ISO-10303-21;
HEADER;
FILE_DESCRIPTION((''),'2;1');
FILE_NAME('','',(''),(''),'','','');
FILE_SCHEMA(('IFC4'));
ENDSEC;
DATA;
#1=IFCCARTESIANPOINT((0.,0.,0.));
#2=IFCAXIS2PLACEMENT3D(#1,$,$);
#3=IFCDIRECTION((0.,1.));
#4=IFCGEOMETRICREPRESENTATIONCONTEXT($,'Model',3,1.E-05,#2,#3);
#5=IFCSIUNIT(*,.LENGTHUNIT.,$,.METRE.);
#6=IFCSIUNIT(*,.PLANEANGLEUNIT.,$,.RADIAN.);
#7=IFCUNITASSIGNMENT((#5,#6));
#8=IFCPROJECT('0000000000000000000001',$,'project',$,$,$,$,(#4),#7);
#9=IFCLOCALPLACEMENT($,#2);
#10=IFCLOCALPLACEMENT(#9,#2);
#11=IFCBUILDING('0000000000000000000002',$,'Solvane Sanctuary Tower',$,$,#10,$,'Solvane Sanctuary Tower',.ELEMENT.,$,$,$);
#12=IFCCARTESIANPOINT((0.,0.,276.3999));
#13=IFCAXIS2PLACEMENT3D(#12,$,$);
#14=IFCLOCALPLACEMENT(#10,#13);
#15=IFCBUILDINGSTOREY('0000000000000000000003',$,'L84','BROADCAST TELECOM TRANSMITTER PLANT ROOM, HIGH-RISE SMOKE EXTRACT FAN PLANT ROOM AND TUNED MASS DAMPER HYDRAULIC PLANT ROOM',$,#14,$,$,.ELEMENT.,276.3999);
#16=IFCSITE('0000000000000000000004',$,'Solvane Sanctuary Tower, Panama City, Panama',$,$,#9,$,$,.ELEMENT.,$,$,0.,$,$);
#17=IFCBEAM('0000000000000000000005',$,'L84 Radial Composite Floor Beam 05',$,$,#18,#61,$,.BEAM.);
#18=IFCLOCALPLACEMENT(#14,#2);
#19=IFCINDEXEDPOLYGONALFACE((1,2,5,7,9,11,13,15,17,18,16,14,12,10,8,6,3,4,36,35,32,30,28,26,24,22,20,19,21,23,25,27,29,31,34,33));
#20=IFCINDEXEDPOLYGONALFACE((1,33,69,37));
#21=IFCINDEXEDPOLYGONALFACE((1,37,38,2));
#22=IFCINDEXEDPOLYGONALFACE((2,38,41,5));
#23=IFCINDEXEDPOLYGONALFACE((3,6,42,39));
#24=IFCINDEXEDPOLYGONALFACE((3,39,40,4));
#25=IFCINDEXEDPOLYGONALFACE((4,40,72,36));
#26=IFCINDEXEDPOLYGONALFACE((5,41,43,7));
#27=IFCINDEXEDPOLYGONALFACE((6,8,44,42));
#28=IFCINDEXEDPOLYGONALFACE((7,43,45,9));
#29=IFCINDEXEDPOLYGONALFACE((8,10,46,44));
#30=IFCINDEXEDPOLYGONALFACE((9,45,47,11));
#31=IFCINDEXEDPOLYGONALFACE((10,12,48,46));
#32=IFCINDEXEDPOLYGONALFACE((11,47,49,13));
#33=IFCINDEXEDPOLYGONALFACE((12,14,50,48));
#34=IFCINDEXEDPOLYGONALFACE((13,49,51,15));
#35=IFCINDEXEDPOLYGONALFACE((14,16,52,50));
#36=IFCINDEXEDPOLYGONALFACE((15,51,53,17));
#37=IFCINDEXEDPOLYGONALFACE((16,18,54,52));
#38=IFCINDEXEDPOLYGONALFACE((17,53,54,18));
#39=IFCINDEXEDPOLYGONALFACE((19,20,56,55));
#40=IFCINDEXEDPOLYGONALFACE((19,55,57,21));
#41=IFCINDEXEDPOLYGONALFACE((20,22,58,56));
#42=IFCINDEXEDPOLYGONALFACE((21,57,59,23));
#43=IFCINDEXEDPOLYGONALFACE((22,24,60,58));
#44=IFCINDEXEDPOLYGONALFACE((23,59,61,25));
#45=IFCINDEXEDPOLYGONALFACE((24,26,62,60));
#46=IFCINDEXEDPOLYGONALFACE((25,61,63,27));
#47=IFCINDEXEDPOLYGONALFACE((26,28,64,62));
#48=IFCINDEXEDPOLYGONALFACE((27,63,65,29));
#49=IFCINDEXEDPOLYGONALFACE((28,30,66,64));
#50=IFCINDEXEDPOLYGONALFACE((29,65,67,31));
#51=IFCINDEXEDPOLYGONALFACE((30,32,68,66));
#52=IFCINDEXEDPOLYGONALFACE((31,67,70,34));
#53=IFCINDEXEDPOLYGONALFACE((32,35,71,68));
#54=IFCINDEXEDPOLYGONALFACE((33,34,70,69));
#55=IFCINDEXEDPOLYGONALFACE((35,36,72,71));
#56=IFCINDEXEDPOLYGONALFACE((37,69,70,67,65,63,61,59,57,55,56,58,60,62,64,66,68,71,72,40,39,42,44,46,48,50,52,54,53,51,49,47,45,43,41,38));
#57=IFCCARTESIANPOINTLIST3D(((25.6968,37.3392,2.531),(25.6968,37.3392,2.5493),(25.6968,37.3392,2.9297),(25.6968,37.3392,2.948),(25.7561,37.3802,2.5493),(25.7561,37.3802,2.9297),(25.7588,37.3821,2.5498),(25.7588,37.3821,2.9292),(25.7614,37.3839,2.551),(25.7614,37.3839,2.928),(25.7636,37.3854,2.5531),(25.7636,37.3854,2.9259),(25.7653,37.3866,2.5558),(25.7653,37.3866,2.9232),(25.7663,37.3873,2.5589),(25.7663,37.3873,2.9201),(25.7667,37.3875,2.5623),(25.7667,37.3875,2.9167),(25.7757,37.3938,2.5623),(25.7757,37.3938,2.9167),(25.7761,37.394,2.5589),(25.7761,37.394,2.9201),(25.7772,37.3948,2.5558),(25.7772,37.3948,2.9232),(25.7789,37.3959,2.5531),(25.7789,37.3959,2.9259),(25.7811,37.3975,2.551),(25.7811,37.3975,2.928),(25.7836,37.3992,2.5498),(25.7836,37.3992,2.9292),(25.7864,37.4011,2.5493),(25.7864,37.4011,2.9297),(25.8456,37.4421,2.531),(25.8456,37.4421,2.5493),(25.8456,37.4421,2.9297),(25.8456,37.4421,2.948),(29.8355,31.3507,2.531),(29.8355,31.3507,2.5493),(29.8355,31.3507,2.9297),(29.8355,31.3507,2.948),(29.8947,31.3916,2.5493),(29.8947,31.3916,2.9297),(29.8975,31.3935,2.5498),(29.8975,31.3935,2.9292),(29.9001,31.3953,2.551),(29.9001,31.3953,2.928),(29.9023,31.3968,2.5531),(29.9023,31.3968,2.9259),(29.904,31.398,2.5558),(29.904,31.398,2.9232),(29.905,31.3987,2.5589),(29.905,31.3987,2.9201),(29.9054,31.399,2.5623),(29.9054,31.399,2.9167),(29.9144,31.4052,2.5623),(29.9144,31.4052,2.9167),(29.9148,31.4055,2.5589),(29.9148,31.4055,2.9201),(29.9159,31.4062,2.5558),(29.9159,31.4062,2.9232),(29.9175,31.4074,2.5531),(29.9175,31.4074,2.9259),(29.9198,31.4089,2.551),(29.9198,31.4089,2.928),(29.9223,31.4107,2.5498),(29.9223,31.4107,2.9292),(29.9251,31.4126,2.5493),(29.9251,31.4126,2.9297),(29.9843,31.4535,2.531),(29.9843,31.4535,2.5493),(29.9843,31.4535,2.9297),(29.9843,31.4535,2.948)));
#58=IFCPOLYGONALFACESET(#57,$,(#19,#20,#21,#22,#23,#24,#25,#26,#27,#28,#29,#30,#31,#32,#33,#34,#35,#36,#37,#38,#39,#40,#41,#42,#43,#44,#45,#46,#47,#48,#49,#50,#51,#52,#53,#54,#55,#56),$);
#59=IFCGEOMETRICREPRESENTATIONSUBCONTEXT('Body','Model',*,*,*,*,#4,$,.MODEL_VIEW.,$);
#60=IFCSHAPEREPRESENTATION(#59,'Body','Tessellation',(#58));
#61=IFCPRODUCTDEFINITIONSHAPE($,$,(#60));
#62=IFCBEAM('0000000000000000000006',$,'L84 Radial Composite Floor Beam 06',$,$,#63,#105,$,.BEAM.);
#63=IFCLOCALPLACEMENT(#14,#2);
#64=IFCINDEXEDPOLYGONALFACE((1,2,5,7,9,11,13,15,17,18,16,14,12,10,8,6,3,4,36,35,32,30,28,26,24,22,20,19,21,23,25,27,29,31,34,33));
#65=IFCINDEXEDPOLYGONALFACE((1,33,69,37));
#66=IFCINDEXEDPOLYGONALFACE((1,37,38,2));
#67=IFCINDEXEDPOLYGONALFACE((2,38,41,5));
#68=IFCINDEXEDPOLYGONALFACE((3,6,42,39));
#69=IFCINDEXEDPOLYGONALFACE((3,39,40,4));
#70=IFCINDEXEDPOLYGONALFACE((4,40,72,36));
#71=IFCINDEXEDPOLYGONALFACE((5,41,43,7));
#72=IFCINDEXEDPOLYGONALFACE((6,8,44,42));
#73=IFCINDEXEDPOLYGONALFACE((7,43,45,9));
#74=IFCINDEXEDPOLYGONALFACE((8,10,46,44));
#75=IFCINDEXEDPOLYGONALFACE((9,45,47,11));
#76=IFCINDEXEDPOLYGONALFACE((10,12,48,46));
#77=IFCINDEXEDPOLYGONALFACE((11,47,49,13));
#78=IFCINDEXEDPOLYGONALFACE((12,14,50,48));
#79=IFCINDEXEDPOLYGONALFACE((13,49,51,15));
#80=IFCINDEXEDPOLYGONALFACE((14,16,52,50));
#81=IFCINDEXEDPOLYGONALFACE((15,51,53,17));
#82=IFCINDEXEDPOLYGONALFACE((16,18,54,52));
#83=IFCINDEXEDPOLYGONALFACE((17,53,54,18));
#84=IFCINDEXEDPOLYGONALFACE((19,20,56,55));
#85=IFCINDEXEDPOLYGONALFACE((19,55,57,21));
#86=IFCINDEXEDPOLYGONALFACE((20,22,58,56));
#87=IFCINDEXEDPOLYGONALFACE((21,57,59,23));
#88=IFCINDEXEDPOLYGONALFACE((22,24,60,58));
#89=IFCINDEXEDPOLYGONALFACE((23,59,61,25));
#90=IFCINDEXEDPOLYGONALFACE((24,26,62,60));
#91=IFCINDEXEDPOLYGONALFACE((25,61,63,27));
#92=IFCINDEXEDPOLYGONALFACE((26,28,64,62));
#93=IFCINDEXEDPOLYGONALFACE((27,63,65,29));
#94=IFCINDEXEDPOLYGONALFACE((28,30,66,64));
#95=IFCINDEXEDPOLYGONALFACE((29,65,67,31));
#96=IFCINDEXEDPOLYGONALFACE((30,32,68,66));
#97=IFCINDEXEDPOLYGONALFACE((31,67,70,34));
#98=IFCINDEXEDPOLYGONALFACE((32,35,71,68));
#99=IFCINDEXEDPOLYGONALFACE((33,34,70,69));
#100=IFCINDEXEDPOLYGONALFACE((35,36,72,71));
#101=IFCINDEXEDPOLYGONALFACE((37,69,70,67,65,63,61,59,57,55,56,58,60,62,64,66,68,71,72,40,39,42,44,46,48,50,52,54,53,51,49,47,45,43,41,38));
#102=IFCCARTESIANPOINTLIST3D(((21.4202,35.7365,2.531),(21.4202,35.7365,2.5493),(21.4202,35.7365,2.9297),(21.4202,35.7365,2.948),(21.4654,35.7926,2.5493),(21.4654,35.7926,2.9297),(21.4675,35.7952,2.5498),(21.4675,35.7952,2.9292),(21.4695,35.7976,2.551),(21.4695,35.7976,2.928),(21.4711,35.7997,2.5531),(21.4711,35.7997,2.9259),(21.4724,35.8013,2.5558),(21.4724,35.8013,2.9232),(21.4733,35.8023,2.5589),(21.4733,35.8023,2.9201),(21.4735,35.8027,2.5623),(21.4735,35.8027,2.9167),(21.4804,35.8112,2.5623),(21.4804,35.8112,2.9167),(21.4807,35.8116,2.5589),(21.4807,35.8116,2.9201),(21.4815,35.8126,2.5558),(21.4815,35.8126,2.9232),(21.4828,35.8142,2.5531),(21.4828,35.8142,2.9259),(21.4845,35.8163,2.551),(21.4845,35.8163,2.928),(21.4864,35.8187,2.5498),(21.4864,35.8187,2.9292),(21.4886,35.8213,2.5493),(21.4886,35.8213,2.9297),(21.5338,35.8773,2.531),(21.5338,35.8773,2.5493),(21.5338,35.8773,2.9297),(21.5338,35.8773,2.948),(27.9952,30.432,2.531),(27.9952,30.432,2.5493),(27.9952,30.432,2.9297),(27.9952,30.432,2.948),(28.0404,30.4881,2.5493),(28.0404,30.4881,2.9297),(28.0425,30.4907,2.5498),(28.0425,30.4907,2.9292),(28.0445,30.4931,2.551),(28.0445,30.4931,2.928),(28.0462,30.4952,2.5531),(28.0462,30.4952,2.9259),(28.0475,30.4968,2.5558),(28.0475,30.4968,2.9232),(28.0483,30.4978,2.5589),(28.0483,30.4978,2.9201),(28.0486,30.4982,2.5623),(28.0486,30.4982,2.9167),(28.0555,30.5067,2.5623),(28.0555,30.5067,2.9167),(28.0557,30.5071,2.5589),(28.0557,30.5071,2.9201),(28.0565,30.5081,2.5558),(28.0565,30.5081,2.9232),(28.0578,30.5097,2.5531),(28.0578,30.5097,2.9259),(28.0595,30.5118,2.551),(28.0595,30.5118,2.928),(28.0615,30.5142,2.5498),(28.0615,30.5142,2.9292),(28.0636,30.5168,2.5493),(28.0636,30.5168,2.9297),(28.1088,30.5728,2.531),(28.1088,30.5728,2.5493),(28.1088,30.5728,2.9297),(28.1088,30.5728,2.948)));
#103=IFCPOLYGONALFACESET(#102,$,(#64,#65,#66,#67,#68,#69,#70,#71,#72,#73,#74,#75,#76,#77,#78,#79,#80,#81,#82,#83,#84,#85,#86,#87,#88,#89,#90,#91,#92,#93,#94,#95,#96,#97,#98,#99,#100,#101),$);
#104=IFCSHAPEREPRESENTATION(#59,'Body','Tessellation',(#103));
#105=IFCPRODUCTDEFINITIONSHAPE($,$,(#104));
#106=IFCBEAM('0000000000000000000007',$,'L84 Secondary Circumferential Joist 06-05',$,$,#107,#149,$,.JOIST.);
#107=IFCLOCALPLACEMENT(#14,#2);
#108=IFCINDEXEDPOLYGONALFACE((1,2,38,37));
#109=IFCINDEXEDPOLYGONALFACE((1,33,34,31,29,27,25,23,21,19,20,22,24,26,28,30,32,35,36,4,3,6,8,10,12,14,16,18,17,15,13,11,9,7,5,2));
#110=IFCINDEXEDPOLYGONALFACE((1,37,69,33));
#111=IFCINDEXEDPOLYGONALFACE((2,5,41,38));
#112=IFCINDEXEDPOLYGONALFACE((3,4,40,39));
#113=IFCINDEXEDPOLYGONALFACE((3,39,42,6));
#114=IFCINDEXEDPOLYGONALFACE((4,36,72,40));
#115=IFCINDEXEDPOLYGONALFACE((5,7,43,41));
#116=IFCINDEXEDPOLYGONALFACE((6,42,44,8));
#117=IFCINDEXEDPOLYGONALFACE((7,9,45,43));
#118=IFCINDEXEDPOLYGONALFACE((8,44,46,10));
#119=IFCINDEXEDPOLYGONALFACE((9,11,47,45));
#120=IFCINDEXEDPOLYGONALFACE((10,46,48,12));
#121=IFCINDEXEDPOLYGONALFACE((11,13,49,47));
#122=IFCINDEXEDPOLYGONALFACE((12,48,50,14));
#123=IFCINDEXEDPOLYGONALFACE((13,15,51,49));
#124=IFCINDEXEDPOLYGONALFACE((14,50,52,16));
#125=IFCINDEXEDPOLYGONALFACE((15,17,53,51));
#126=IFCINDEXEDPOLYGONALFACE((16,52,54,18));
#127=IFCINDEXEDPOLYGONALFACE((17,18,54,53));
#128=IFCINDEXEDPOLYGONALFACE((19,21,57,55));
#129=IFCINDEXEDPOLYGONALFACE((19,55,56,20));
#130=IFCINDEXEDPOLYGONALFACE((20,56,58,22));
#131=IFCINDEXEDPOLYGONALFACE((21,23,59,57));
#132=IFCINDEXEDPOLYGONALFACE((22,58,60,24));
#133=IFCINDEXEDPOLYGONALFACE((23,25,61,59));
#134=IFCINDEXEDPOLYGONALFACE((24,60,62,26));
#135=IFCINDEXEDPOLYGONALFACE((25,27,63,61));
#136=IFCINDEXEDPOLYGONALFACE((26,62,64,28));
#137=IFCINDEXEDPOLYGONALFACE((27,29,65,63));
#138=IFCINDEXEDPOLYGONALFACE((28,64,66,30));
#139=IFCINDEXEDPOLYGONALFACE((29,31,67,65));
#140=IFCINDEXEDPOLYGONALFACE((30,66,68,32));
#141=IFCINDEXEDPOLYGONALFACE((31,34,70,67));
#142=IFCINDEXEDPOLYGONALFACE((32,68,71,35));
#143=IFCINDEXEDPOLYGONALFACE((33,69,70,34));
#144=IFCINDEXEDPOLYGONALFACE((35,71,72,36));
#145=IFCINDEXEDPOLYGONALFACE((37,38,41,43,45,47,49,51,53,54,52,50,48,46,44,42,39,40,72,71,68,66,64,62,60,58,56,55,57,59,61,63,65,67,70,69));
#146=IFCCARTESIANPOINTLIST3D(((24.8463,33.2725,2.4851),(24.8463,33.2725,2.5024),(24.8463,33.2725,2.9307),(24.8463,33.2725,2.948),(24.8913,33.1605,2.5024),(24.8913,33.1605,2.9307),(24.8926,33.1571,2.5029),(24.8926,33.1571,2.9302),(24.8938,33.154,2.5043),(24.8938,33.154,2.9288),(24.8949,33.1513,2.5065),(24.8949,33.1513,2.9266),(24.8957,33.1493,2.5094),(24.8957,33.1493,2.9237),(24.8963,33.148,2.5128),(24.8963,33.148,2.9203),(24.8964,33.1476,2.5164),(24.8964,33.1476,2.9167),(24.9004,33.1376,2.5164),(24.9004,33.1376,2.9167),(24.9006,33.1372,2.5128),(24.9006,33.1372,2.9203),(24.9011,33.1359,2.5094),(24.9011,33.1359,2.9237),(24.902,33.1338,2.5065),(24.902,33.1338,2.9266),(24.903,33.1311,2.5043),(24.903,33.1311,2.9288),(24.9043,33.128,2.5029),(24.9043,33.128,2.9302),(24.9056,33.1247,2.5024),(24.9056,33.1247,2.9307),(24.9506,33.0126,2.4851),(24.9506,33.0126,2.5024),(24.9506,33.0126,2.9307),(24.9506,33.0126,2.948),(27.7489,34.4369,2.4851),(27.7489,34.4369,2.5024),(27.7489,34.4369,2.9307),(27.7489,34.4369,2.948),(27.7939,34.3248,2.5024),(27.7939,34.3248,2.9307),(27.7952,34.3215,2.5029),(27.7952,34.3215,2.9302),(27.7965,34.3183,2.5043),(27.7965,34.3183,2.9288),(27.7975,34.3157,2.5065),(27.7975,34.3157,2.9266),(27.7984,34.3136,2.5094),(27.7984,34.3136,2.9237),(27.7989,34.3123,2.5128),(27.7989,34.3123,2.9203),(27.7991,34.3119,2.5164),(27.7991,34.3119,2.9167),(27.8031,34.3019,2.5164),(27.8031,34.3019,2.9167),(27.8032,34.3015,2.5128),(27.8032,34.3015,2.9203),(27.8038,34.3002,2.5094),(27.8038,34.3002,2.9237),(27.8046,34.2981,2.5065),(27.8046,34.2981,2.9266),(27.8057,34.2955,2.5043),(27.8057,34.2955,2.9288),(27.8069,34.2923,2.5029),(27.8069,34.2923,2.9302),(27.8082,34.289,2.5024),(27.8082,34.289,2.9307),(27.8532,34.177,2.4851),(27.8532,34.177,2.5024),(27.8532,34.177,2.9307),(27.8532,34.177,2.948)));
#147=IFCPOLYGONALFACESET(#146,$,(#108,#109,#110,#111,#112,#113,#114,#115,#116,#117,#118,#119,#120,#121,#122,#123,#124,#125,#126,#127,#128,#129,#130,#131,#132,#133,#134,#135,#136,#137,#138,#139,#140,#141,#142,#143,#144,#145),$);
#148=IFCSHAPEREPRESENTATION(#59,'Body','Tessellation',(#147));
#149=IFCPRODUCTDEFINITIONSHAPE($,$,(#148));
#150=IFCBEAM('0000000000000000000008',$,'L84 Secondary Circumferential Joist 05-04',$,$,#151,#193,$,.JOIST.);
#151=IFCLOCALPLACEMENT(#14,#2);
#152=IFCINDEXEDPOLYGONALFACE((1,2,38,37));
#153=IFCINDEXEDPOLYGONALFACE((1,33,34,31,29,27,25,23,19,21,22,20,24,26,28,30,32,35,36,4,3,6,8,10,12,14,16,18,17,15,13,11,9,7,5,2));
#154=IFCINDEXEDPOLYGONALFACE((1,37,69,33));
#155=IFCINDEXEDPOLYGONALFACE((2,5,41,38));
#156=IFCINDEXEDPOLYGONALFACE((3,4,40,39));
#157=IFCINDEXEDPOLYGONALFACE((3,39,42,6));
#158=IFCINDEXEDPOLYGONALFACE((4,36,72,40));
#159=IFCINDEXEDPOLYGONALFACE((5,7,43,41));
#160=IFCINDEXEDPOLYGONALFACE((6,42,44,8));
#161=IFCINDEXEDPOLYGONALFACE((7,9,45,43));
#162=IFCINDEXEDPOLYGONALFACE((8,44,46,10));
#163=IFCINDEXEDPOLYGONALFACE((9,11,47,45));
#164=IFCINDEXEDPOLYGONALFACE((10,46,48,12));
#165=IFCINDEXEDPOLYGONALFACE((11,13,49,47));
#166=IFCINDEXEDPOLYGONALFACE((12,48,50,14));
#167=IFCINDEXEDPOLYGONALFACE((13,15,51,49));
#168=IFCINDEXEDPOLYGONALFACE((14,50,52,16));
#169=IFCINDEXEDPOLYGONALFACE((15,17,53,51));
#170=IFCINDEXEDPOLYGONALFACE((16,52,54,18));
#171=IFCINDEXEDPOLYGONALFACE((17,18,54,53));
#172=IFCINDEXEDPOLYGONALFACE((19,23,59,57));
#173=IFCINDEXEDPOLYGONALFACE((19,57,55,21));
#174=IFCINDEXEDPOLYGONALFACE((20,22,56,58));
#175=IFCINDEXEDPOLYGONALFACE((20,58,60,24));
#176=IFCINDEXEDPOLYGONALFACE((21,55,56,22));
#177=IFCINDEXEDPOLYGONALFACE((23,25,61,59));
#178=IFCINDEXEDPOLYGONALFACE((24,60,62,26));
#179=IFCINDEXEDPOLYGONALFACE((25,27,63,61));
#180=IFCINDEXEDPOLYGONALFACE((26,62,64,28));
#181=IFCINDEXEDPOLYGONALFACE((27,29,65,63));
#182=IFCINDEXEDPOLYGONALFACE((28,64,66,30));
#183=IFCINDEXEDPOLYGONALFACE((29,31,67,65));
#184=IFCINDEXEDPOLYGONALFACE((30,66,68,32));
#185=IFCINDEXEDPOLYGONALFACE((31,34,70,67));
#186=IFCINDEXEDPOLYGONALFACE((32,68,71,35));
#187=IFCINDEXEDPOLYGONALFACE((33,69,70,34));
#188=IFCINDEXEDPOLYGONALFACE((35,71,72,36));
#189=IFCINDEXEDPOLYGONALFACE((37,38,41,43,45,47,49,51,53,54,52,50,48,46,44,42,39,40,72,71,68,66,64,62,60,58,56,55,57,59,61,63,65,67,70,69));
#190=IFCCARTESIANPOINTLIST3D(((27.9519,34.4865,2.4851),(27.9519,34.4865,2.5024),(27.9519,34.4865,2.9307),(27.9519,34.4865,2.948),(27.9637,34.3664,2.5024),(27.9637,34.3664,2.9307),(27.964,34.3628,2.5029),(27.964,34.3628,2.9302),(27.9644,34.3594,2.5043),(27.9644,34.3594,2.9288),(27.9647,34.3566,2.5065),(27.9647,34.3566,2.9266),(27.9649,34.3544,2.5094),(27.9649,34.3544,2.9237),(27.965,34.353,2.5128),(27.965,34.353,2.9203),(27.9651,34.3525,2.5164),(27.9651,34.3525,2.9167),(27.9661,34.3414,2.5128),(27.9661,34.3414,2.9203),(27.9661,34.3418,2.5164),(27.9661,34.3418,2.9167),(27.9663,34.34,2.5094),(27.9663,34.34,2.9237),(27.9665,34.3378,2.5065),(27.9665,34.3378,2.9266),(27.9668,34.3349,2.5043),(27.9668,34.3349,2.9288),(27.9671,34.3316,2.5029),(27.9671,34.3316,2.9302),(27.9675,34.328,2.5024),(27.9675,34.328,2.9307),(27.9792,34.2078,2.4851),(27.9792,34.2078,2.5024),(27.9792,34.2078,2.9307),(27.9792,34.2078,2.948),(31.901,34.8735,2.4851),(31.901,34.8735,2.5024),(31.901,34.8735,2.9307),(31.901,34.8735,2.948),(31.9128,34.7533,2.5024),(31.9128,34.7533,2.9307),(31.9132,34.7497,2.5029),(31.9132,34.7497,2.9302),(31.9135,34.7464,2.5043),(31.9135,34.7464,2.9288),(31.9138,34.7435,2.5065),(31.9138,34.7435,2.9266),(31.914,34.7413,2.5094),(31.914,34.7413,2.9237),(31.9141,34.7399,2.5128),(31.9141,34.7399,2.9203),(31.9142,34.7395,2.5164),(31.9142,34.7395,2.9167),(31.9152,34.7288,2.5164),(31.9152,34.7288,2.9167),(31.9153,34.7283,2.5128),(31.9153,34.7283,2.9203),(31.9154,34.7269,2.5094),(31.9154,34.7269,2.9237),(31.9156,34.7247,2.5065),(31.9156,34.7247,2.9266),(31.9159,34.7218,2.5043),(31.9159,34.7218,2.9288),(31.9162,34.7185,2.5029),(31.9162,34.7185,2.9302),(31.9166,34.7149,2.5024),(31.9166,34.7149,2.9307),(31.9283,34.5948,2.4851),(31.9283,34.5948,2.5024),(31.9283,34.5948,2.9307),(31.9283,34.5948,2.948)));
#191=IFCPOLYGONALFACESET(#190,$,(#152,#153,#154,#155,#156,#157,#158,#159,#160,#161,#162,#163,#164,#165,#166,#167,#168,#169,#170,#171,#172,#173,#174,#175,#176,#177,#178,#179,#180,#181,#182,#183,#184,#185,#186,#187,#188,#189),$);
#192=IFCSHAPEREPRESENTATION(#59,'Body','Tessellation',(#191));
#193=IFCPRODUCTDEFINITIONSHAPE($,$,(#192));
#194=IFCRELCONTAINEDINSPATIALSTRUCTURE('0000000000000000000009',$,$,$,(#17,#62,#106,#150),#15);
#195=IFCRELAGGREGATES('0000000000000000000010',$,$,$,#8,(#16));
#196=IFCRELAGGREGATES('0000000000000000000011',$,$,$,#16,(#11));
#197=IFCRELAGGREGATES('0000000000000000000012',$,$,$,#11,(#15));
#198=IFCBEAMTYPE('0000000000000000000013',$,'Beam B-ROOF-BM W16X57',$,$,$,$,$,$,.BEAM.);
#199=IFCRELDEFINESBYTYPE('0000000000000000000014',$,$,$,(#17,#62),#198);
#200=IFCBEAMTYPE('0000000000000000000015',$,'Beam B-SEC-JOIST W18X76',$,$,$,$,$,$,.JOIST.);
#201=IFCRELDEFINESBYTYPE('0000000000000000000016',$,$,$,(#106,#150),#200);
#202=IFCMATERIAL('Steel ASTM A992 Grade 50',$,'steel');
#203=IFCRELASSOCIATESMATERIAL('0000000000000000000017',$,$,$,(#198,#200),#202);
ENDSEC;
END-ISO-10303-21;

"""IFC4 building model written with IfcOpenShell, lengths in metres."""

from ifc_helpers import new_model, si_unit, direction, frame, origin, origin_2d, place, context, subcontext, project, spatial, i_section, extrude, material, material_profile, profile_set, type_object, element, save


model = new_model("IFC4")

# Units and contexts
model_context = context("Model", 3, precision=1e-05, world=origin(), true_north=direction((0.0, 1.0)))
body_context = subcontext(model_context, "Body", "Model", "MODEL_VIEW")
ifc_project = project(units=[si_unit("LENGTHUNIT", "METRE"), si_unit("PLANEANGLEUNIT", "RADIAN")], contexts=[model_context])

# Site, building, storey
site_placement = place(None, origin())
site = spatial("IfcSite", under=ifc_project, at=site_placement, Name="Solvane Sanctuary Tower, Panama City, Panama", CompositionType="ELEMENT", RefElevation=0.0)
building_placement = place(site_placement, origin())
building = spatial("IfcBuilding", under=site, at=building_placement, Name="Solvane Sanctuary Tower", LongName="Solvane Sanctuary Tower", CompositionType="ELEMENT")
storey_placement = place(building_placement, frame((0.0, 0.0, 276.3999)))
storey = spatial("IfcBuildingStorey", under=building, at=storey_placement, Name="L84", Description="BROADCAST TELECOM TRANSMITTER PLANT ROOM, HIGH-RISE SMOKE EXTRACT FAN PLANT ROOM AND TUNED MASS DAMPER HYDRAULIC PLANT ROOM", CompositionType="ELEMENT", Elevation=276.3999)

# Beams
ifc_material_1 = material(Name="Steel ASTM A992 Grade 50", Category="steel")
ifc_material_profile_1 = material_profile(ifc_material_1, i_section(OverallWidth=0.1809, OverallDepth=0.417, WebThickness=0.011, FlangeThickness=0.0183, FilletRadius=0.0129, at=origin_2d()), Name="W16X57")
ifc_profile_set_1 = profile_set([ifc_material_profile_1], Name="Steel ASTM A992 Grade 50")
beam_type_1 = type_object("IfcBeamType", Name="Beam B-ROOF-BM W16X57", PredefinedType="BEAM", material=ifc_profile_set_1)
beam_1_placement = place(storey_placement, frame((29.9099, 31.4021, 2.7395), z_axis=(-0.568538, 0.822657, 0.0), x_axis=(-0.822657, -0.568538, 0.0)))
element("IfcBeam", 1, at=beam_1_placement, inside=storey, type_object=beam_type_1, Name="L84 Radial Composite Floor Beam 05", PredefinedType="BEAM", context=body_context, shape_type="SweptSolid", body=[
    extrude(i_section(OverallWidth=0.1809, OverallDepth=0.417, WebThickness=0.011, FlangeThickness=0.0183, FilletRadius=0.0129, at=origin_2d()), origin(), (0.0, 0.0, 1.0), 7.2795),
])
beam_2_placement = place(storey_placement, frame((28.052, 30.5024, 2.7395), z_axis=(-0.778294, 0.6279, 0.0), x_axis=(-0.6279, -0.778294, 0.0)))
element("IfcBeam", 2, at=beam_2_placement, inside=storey, type_object=beam_type_1, Name="L84 Radial Composite Floor Beam 06", PredefinedType="BEAM", context=body_context, shape_type="SweptSolid", body=[
    extrude(i_section(OverallWidth=0.1809, OverallDepth=0.417, WebThickness=0.011, FlangeThickness=0.0183, FilletRadius=0.0129, at=origin_2d()), origin(), (0.0, 0.0, 1.0), 8.448),
])
ifc_material_profile_2 = material_profile(ifc_material_1, i_section(OverallWidth=0.28, OverallDepth=0.4629, WebThickness=0.0107, FlangeThickness=0.0173, FilletRadius=0.0139, at=origin_2d()), Name="W18X76")
ifc_profile_set_2 = profile_set([ifc_material_profile_2], Name="Steel ASTM A992 Grade 50")
beam_type_2 = type_object("IfcBeamType", Name="Beam B-SEC-JOIST W18X76", PredefinedType="JOIST", material=ifc_profile_set_2)
beam_3_placement = place(storey_placement, frame((24.8984, 33.1426, 2.7166), z_axis=(0.928116, 0.372292, 0.0), x_axis=(-0.372292, 0.928116, 0.0)))
element("IfcBeam", 3, at=beam_3_placement, inside=storey, type_object=beam_type_2, Name="L84 Secondary Circumferential Joist 06-05", PredefinedType="JOIST", context=body_context, shape_type="SweptSolid", body=[
    extrude(i_section(OverallWidth=0.28, OverallDepth=0.4629, WebThickness=0.0107, FlangeThickness=0.0173, FilletRadius=0.0139, at=origin_2d()), origin(), (0.0, 0.0, 1.0), 3.1274),
])
beam_4_placement = place(storey_placement, frame((27.9656, 34.3472, 2.7166), z_axis=(0.995234, 0.097518, 0.0), x_axis=(-0.097518, 0.995234, 0.0)))
element("IfcBeam", 4, at=beam_4_placement, inside=storey, type_object=beam_type_2, Name="L84 Secondary Circumferential Joist 05-04", PredefinedType="JOIST", context=body_context, shape_type="SweptSolid", body=[
    extrude(i_section(OverallWidth=0.28, OverallDepth=0.4629, WebThickness=0.0107, FlangeThickness=0.0173, FilletRadius=0.0139, at=origin_2d()), origin(), (0.0, 0.0, 1.0), 3.968),
])

save(model, "model.ifc")
